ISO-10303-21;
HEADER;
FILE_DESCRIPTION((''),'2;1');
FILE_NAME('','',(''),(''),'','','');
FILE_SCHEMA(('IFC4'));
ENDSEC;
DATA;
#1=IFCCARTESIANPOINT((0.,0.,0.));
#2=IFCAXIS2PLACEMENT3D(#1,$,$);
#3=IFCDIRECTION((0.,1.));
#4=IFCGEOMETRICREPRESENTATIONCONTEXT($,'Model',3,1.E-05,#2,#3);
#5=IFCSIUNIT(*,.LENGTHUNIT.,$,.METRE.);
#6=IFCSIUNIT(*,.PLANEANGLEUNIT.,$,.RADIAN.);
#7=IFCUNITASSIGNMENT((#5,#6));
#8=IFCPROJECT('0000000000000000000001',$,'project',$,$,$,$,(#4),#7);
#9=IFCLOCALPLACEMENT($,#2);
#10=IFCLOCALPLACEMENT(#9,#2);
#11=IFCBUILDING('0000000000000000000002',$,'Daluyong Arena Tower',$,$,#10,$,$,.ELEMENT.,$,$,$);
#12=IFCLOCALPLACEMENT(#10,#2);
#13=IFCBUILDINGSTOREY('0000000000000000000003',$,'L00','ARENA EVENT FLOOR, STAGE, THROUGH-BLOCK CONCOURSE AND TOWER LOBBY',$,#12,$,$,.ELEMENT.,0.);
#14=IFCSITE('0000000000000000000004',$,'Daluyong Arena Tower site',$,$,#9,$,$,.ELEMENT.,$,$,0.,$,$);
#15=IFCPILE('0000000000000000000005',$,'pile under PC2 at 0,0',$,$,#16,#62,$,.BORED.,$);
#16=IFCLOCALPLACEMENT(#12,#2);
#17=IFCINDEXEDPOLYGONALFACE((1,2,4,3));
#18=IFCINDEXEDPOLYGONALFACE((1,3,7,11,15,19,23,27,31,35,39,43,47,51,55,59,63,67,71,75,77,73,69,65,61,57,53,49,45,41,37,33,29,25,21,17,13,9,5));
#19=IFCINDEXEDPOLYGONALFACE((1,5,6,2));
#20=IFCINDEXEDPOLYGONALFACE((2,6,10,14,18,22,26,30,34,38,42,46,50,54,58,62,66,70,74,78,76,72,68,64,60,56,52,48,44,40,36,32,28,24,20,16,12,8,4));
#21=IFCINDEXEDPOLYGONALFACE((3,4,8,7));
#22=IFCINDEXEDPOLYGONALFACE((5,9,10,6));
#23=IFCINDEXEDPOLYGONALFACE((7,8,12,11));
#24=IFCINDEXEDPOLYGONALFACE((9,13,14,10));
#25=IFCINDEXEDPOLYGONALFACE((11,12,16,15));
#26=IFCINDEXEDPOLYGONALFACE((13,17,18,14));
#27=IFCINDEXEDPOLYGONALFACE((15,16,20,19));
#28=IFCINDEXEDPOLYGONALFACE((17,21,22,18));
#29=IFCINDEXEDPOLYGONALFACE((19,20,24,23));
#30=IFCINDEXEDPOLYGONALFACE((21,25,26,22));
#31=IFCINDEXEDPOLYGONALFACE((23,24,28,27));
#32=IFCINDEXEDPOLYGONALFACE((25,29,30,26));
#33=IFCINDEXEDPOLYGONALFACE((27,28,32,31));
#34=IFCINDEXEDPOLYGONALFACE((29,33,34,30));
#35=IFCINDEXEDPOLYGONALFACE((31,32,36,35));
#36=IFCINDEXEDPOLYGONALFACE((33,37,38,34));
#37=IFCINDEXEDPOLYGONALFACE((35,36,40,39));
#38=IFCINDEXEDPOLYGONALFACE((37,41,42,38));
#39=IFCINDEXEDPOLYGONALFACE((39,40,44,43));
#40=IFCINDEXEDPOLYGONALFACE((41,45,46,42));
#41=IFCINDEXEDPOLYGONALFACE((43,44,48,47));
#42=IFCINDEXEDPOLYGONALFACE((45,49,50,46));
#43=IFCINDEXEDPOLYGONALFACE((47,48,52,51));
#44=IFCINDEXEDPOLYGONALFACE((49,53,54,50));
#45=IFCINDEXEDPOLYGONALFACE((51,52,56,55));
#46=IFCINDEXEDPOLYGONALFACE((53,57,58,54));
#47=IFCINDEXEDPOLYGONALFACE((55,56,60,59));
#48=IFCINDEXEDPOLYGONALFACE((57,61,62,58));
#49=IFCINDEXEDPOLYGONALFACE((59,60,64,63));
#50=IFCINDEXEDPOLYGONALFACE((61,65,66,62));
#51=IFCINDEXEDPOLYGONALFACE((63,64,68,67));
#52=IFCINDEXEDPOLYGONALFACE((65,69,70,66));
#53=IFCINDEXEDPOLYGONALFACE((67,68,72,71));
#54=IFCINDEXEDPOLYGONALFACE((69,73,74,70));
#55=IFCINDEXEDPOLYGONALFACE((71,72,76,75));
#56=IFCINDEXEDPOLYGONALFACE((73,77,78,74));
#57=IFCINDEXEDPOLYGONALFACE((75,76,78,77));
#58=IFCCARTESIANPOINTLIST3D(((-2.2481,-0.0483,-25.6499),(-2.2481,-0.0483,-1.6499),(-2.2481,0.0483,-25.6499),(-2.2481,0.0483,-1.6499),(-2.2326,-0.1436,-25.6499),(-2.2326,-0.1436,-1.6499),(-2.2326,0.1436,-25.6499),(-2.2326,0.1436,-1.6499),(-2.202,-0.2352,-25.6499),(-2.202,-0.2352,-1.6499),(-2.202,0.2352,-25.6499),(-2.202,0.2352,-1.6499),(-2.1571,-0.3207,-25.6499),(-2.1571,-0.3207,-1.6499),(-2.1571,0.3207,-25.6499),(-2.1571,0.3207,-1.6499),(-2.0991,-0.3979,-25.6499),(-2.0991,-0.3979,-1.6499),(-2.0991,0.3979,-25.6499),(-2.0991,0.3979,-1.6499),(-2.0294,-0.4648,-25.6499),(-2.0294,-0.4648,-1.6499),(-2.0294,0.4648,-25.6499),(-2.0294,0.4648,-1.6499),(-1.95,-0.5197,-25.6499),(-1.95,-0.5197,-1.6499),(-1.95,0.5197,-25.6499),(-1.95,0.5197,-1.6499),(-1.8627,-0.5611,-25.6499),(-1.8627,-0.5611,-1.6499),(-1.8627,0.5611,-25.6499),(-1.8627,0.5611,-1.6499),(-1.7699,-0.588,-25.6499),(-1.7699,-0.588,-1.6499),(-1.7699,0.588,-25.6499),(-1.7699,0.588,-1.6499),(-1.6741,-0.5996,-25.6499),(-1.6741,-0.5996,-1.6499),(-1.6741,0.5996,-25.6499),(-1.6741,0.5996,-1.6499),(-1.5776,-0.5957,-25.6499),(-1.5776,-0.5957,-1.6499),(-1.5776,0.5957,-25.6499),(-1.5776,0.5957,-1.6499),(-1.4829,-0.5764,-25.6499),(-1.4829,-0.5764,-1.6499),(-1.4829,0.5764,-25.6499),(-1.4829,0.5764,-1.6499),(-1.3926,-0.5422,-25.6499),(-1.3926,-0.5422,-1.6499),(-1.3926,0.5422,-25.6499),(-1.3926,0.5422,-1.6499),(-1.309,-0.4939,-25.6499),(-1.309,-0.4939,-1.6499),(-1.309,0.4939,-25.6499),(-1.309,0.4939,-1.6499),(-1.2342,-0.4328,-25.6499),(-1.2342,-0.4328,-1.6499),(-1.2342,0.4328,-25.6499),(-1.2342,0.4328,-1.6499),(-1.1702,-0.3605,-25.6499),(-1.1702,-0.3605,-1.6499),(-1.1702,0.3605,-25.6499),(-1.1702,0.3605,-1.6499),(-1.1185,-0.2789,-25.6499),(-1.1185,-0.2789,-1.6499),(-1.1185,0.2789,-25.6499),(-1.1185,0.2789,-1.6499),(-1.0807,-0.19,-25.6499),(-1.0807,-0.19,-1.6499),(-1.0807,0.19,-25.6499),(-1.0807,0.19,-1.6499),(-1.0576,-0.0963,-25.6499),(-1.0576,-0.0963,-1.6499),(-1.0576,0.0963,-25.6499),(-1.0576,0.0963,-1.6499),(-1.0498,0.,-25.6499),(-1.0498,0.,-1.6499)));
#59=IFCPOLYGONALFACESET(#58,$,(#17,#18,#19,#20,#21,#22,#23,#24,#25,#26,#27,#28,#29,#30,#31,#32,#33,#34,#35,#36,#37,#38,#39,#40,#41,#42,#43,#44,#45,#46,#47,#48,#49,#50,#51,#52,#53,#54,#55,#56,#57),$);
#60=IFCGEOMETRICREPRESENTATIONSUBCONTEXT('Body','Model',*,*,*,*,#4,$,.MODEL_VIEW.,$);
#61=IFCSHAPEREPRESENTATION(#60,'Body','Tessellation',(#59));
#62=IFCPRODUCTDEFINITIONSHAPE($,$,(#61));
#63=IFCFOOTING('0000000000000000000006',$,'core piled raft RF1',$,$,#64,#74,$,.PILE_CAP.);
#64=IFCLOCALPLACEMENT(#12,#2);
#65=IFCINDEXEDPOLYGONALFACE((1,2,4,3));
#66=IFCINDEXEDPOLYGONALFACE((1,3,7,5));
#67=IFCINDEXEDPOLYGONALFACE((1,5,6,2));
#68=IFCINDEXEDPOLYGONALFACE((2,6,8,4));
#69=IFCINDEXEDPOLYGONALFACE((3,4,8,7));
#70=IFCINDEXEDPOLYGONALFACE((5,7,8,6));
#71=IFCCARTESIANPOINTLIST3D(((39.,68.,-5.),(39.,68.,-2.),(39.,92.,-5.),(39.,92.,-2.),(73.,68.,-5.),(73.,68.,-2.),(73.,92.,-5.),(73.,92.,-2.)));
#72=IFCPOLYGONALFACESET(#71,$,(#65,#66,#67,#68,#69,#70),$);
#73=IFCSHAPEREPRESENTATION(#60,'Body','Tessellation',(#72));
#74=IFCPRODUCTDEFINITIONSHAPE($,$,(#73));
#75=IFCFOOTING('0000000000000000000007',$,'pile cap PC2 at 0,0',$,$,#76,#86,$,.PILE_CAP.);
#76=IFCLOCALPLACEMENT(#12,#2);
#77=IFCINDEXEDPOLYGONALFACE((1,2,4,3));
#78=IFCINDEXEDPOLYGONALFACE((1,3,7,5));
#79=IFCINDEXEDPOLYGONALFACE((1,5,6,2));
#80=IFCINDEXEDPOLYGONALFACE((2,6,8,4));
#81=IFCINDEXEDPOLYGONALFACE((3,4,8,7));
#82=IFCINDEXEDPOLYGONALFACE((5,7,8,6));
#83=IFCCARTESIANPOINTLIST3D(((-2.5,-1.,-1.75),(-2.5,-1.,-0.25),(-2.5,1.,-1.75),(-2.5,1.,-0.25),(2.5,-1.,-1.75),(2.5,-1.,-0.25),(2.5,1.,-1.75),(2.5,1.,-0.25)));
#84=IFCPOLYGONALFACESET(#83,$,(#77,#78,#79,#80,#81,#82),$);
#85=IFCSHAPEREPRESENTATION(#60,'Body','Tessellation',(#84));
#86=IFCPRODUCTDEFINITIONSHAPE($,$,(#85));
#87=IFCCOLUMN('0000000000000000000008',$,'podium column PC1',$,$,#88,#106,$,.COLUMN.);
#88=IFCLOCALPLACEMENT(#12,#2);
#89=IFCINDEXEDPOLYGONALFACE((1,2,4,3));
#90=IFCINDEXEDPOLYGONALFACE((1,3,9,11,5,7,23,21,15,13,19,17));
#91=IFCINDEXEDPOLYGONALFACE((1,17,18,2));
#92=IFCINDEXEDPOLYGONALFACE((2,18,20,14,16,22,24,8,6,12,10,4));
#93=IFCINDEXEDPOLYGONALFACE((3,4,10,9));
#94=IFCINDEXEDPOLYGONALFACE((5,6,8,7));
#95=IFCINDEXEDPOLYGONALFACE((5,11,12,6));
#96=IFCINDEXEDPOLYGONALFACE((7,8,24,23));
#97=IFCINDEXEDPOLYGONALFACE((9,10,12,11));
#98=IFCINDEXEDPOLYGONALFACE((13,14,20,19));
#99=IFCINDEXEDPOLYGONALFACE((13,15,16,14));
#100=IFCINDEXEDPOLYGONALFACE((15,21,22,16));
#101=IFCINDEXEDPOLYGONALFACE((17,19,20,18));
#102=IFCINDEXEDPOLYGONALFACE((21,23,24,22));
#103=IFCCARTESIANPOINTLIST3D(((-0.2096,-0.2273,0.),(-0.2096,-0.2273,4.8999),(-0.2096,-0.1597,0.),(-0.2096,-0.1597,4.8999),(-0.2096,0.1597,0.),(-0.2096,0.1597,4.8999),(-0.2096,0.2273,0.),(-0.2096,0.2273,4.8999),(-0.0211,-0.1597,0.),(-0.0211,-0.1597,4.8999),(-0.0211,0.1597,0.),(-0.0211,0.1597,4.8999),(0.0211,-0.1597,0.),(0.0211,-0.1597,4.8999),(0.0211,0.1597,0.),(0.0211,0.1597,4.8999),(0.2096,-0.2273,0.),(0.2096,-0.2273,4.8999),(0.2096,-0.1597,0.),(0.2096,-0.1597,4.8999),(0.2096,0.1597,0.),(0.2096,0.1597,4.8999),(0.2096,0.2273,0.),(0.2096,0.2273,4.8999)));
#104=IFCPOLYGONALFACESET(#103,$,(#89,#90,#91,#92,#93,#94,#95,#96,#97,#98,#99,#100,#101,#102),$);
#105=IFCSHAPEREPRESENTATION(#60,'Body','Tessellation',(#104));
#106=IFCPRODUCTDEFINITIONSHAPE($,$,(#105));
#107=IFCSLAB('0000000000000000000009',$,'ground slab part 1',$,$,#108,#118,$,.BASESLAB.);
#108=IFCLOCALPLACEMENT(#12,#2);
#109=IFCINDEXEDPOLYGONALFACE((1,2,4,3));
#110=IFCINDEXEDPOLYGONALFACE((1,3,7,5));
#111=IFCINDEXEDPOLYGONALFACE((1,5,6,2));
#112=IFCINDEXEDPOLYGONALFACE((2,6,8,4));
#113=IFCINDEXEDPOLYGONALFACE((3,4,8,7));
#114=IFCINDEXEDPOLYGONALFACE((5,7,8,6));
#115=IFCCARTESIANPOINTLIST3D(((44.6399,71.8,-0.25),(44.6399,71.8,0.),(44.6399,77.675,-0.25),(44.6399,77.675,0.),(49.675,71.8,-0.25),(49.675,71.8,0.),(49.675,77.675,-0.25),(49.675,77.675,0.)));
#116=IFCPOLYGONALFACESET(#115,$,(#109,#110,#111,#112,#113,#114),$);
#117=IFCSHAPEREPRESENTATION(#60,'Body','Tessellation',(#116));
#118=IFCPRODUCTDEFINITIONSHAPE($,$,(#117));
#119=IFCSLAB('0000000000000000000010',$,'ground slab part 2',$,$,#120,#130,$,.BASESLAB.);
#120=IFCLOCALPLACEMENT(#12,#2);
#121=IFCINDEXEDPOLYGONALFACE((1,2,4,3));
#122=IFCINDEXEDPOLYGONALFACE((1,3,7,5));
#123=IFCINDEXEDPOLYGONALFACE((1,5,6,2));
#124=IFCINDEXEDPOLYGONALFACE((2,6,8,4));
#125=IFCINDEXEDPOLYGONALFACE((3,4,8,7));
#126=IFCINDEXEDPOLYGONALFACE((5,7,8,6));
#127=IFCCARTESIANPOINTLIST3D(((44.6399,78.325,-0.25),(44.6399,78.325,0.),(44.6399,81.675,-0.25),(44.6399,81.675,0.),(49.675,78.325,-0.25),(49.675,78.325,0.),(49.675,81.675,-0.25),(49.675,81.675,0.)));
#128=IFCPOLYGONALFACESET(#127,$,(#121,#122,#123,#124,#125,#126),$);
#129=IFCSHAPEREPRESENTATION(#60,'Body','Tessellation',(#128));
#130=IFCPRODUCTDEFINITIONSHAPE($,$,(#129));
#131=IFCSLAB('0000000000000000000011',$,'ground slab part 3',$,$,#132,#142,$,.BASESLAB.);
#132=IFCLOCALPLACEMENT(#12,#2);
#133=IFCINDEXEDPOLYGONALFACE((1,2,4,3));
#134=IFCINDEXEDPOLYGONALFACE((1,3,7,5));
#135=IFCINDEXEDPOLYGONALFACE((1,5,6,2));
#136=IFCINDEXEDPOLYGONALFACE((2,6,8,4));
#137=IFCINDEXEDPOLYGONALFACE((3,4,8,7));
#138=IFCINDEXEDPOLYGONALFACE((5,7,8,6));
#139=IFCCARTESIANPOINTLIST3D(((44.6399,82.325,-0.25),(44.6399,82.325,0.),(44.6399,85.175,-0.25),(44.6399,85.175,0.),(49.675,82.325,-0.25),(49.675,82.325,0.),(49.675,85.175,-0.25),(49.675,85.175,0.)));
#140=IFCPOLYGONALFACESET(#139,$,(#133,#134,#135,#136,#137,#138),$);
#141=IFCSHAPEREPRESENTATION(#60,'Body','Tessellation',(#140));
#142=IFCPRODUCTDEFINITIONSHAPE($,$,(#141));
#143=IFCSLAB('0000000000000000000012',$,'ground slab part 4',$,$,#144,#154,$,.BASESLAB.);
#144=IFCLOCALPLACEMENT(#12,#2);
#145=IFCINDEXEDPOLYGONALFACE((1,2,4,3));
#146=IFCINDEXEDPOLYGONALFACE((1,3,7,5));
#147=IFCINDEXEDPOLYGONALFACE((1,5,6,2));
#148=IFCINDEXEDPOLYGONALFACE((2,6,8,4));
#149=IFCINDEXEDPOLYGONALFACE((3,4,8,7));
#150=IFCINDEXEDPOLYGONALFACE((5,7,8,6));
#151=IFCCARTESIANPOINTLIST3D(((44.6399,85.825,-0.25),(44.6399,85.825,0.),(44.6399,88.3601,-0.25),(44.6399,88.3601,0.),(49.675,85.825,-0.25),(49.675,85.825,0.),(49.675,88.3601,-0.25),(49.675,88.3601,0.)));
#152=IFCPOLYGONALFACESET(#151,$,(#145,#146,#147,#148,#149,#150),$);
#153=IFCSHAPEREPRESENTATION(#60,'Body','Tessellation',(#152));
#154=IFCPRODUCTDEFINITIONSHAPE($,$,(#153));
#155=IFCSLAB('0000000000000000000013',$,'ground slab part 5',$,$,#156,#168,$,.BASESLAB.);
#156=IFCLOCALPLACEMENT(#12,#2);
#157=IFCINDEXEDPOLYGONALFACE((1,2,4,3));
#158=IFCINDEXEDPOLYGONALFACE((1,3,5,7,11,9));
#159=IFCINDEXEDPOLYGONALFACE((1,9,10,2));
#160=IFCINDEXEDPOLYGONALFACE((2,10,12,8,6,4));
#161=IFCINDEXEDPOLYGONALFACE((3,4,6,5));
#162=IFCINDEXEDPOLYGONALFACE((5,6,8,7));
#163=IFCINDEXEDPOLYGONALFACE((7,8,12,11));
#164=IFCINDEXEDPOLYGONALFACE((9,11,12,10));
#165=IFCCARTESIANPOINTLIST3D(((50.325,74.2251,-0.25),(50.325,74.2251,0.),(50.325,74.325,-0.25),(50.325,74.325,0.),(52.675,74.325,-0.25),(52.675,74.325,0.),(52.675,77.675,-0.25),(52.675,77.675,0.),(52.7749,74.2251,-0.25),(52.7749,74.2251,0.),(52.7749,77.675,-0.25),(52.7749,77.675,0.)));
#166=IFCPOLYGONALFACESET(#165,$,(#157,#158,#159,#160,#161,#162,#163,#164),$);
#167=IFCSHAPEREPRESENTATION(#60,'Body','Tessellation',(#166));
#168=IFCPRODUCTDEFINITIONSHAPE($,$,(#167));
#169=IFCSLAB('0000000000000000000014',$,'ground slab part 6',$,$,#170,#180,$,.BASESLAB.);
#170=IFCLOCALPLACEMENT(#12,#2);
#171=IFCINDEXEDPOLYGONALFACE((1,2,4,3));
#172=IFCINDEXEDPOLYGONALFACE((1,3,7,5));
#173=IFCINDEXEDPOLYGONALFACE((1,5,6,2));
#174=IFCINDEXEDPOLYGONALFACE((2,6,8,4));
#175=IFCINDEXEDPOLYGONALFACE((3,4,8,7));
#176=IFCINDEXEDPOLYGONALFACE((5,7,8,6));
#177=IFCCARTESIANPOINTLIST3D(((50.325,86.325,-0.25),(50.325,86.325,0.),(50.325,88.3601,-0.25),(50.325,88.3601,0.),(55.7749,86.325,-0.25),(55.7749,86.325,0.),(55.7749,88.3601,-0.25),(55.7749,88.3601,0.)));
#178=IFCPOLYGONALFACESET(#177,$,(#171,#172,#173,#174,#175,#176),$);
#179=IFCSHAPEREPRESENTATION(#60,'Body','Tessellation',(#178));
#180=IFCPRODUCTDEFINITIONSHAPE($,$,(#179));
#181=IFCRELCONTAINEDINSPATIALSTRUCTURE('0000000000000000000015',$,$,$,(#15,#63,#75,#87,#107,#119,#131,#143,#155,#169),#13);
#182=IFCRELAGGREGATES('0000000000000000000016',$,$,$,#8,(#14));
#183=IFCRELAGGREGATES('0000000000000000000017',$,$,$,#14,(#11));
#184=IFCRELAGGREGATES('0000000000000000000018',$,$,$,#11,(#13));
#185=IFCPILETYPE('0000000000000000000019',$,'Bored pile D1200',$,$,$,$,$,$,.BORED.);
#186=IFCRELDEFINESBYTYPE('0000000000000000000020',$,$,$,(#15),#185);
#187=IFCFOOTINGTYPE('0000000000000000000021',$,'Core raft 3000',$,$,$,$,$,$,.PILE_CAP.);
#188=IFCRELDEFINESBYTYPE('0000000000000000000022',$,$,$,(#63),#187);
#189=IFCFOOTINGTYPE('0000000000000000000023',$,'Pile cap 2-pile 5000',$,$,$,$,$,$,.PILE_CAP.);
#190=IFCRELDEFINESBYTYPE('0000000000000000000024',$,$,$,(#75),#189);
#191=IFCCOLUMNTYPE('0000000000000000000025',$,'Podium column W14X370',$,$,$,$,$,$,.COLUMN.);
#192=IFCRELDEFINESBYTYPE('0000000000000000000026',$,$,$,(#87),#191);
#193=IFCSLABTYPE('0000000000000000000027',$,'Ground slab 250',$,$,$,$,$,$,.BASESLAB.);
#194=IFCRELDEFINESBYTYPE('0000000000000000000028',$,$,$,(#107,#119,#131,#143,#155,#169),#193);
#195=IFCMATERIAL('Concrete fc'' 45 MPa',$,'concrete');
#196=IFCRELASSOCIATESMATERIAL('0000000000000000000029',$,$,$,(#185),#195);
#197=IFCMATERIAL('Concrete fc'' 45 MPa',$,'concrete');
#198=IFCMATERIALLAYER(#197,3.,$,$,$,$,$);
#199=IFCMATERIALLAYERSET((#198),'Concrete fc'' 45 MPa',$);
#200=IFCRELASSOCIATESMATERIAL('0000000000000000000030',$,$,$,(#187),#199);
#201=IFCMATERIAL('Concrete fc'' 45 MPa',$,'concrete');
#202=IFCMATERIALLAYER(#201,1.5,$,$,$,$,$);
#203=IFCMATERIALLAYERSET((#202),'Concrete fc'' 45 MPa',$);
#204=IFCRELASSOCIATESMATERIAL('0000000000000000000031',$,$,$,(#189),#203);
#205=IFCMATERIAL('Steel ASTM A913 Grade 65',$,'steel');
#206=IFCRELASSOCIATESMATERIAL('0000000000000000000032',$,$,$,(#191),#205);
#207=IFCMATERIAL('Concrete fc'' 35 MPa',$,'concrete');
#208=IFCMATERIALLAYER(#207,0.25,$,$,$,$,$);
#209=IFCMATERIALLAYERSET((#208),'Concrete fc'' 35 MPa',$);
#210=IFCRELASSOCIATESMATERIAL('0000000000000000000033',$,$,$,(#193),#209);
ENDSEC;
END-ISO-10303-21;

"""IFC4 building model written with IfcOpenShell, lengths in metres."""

from ifc_helpers import new_model, si_unit, direction, frame, origin, origin_with_axes, origin_2d, place, context, subcontext, project, spatial, polyline, rectangle, circle, i_section, outline, extrude, material, layer, layer_set, material_profile, profile_set, type_object, element, save


model = new_model("IFC4")

# Units and contexts
model_context = context("Model", 3, precision=1e-05, world=origin(), true_north=direction((0.0, 1.0)))
body_context = subcontext(model_context, "Body", "Model", "MODEL_VIEW")
ifc_project = project(units=[si_unit("LENGTHUNIT", "METRE"), si_unit("PLANEANGLEUNIT", "RADIAN")], contexts=[model_context])

# Site, building, storey
site_placement = place(None, origin())
site = spatial("IfcSite", under=ifc_project, at=site_placement, Name="Daluyong Arena Tower site", CompositionType="ELEMENT", RefElevation=0.0)
building_placement = place(site_placement, origin())
building = spatial("IfcBuilding", under=site, at=building_placement, Name="Daluyong Arena Tower", CompositionType="ELEMENT")
storey_placement = place(building_placement, origin())
storey = spatial("IfcBuildingStorey", under=building, at=storey_placement, Name="L00", Description="ARENA EVENT FLOOR, STAGE, THROUGH-BLOCK CONCOURSE AND TOWER LOBBY", CompositionType="ELEMENT", Elevation=0.0)

# Pile
ifc_material_1 = material(Name="Concrete fc' 45 MPa", Category="concrete")
pile_type = type_object("IfcPileType", Name="Bored pile D1200", PredefinedType="BORED", material=ifc_material_1)
pile_placement = place(storey_placement, frame((-1.6499, 0.0, -1.6499), z_axis=(0.0, 0.0, -1.0), x_axis=(1.0, 0.0, 0.0)))
element("IfcPile", 1, at=pile_placement, inside=storey, type_object=pile_type, Name="pile under PC2 at 0,0", PredefinedType="BORED", context=body_context, shape_type="SweptSolid", body=[
    extrude(circle(Radius=0.6001, at=origin_2d()), origin(), (0.0, 0.0, 1.0), 24.0),
])

# Footings
ifc_material_2 = material(Name="Concrete fc' 45 MPa", Category="concrete")
ifc_layer_1 = layer(ifc_material_2, 3.0)
ifc_layer_set_1 = layer_set([ifc_layer_1], Name="Concrete fc' 45 MPa")
footing_type_1 = type_object("IfcFootingType", Name="Core raft 3000", PredefinedType="PILE_CAP", material=ifc_layer_set_1)
footing_1_placement = place(storey_placement, frame((0.0, 0.0, -5.0)))
element("IfcFooting", 2, at=footing_1_placement, inside=storey, type_object=footing_type_1, Name="core piled raft RF1", PredefinedType="PILE_CAP", context=body_context, shape_type="SweptSolid", body=[
    extrude(outline(polyline([(73.0, 68.0), (73.0, 92.0), (39.0, 92.0), (39.0, 68.0), (73.0, 68.0)])), origin(), (0.0, 0.0, 1.0), 3.0),
])
ifc_material_3 = material(Name="Concrete fc' 45 MPa", Category="concrete")
ifc_layer_2 = layer(ifc_material_3, 1.5)
ifc_layer_set_2 = layer_set([ifc_layer_2], Name="Concrete fc' 45 MPa")
footing_type_2 = type_object("IfcFootingType", Name="Pile cap 2-pile 5000", PredefinedType="PILE_CAP", material=ifc_layer_set_2)
footing_2_placement = place(storey_placement, frame((0.0, 0.0, -1.75), z_axis=(0.0, 0.0, 1.0), x_axis=(1.0, 0.0, 0.0)))
element("IfcFooting", 3, at=footing_2_placement, inside=storey, type_object=footing_type_2, Name="pile cap PC2 at 0,0", PredefinedType="PILE_CAP", context=body_context, shape_type="SweptSolid", body=[
    extrude(rectangle(XDim=5.0, YDim=2.0, at=origin_2d()), origin(), (0.0, 0.0, 1.0), 1.5),
])

# Column
ifc_material_4 = material(Name="Steel ASTM A913 Grade 65", Category="steel")
ifc_material_profile = material_profile(ifc_material_4, i_section(OverallWidth=0.4192, OverallDepth=0.4546, WebThickness=0.0422, FlangeThickness=0.0676, at=origin_2d()))
ifc_profile_set = profile_set([ifc_material_profile], Name="Steel ASTM A913 Grade 65")
column_type = type_object("IfcColumnType", Name="Podium column W14X370", PredefinedType="COLUMN", material=ifc_profile_set)
column_placement = place(storey_placement, origin_with_axes())
element("IfcColumn", 4, at=column_placement, inside=storey, type_object=column_type, Name="podium column PC1", PredefinedType="COLUMN", context=body_context, shape_type="SweptSolid", body=[
    extrude(i_section(OverallWidth=0.4192, OverallDepth=0.4546, WebThickness=0.0422, FlangeThickness=0.0676, at=origin_2d()), origin(), (0.0, 0.0, 1.0), 4.8999),
])

# Slabs
ifc_material_5 = material(Name="Concrete fc' 35 MPa", Category="concrete")
ifc_layer_3 = layer(ifc_material_5, 0.25)
ifc_layer_set_3 = layer_set([ifc_layer_3], Name="Concrete fc' 35 MPa")
slab_type_1 = type_object("IfcSlabType", Name="Ground slab 250", PredefinedType="BASESLAB", material=ifc_layer_set_3)
slab_1_placement = place(storey_placement, frame((0.0, 0.0, -0.25)))
element("IfcSlab", 5, at=slab_1_placement, inside=storey, type_object=slab_type_1, Name="ground slab part 1", PredefinedType="BASESLAB", context=body_context, shape_type="SweptSolid", body=[
    extrude(outline(polyline([(44.6399, 77.675), (44.6399, 71.8), (49.675, 71.8), (49.675, 77.675), (44.6399, 77.675)])), origin(), (0.0, 0.0, 1.0), 0.25),
])
slab_2_placement = place(storey_placement, frame((0.0, 0.0, -0.25)))
element("IfcSlab", 6, at=slab_2_placement, inside=storey, type_object=slab_type_1, Name="ground slab part 2", PredefinedType="BASESLAB", context=body_context, shape_type="SweptSolid", body=[
    extrude(outline(polyline([(44.6399, 78.325), (49.675, 78.325), (49.675, 81.675), (44.6399, 81.675), (44.6399, 78.325)])), origin(), (0.0, 0.0, 1.0), 0.25),
])
slab_3_placement = place(storey_placement, frame((0.0, 0.0, -0.25)))
element("IfcSlab", 7, at=slab_3_placement, inside=storey, type_object=slab_type_1, Name="ground slab part 3", PredefinedType="BASESLAB", context=body_context, shape_type="SweptSolid", body=[
    extrude(outline(polyline([(44.6399, 82.325), (49.675, 82.325), (49.675, 85.175), (44.6399, 85.175), (44.6399, 82.325)])), origin(), (0.0, 0.0, 1.0), 0.25),
])
slab_4_placement = place(storey_placement, frame((0.0, 0.0, -0.25)))
element("IfcSlab", 8, at=slab_4_placement, inside=storey, type_object=slab_type_1, Name="ground slab part 4", PredefinedType="BASESLAB", context=body_context, shape_type="SweptSolid", body=[
    extrude(outline(polyline([(44.6399, 88.3601), (44.6399, 85.825), (49.675, 85.825), (49.675, 88.3601), (44.6399, 88.3601)])), origin(), (0.0, 0.0, 1.0), 0.25),
])
slab_5_placement = place(storey_placement, frame((0.0, 0.0, -0.25)))
element("IfcSlab", 9, at=slab_5_placement, inside=storey, type_object=slab_type_1, Name="ground slab part 5", PredefinedType="BASESLAB", context=body_context, shape_type="SweptSolid", body=[
    extrude(outline(polyline([(52.675, 74.325), (50.325, 74.325), (50.325, 74.2251), (52.7749, 74.2251), (52.7749, 77.675), (52.675, 77.675), (52.675, 74.325)])), origin(), (0.0, 0.0, 1.0), 0.25),
])
slab_6_placement = place(storey_placement, frame((0.0, 0.0, -0.25)))
element("IfcSlab", 10, at=slab_6_placement, inside=storey, type_object=slab_type_1, Name="ground slab part 6", PredefinedType="BASESLAB", context=body_context, shape_type="SweptSolid", body=[
    extrude(outline(polyline([(50.325, 88.3601), (50.325, 86.325), (55.7749, 86.325), (55.7749, 88.3601), (50.325, 88.3601)])), origin(), (0.0, 0.0, 1.0), 0.25),
])

save(model, "model.ifc")
